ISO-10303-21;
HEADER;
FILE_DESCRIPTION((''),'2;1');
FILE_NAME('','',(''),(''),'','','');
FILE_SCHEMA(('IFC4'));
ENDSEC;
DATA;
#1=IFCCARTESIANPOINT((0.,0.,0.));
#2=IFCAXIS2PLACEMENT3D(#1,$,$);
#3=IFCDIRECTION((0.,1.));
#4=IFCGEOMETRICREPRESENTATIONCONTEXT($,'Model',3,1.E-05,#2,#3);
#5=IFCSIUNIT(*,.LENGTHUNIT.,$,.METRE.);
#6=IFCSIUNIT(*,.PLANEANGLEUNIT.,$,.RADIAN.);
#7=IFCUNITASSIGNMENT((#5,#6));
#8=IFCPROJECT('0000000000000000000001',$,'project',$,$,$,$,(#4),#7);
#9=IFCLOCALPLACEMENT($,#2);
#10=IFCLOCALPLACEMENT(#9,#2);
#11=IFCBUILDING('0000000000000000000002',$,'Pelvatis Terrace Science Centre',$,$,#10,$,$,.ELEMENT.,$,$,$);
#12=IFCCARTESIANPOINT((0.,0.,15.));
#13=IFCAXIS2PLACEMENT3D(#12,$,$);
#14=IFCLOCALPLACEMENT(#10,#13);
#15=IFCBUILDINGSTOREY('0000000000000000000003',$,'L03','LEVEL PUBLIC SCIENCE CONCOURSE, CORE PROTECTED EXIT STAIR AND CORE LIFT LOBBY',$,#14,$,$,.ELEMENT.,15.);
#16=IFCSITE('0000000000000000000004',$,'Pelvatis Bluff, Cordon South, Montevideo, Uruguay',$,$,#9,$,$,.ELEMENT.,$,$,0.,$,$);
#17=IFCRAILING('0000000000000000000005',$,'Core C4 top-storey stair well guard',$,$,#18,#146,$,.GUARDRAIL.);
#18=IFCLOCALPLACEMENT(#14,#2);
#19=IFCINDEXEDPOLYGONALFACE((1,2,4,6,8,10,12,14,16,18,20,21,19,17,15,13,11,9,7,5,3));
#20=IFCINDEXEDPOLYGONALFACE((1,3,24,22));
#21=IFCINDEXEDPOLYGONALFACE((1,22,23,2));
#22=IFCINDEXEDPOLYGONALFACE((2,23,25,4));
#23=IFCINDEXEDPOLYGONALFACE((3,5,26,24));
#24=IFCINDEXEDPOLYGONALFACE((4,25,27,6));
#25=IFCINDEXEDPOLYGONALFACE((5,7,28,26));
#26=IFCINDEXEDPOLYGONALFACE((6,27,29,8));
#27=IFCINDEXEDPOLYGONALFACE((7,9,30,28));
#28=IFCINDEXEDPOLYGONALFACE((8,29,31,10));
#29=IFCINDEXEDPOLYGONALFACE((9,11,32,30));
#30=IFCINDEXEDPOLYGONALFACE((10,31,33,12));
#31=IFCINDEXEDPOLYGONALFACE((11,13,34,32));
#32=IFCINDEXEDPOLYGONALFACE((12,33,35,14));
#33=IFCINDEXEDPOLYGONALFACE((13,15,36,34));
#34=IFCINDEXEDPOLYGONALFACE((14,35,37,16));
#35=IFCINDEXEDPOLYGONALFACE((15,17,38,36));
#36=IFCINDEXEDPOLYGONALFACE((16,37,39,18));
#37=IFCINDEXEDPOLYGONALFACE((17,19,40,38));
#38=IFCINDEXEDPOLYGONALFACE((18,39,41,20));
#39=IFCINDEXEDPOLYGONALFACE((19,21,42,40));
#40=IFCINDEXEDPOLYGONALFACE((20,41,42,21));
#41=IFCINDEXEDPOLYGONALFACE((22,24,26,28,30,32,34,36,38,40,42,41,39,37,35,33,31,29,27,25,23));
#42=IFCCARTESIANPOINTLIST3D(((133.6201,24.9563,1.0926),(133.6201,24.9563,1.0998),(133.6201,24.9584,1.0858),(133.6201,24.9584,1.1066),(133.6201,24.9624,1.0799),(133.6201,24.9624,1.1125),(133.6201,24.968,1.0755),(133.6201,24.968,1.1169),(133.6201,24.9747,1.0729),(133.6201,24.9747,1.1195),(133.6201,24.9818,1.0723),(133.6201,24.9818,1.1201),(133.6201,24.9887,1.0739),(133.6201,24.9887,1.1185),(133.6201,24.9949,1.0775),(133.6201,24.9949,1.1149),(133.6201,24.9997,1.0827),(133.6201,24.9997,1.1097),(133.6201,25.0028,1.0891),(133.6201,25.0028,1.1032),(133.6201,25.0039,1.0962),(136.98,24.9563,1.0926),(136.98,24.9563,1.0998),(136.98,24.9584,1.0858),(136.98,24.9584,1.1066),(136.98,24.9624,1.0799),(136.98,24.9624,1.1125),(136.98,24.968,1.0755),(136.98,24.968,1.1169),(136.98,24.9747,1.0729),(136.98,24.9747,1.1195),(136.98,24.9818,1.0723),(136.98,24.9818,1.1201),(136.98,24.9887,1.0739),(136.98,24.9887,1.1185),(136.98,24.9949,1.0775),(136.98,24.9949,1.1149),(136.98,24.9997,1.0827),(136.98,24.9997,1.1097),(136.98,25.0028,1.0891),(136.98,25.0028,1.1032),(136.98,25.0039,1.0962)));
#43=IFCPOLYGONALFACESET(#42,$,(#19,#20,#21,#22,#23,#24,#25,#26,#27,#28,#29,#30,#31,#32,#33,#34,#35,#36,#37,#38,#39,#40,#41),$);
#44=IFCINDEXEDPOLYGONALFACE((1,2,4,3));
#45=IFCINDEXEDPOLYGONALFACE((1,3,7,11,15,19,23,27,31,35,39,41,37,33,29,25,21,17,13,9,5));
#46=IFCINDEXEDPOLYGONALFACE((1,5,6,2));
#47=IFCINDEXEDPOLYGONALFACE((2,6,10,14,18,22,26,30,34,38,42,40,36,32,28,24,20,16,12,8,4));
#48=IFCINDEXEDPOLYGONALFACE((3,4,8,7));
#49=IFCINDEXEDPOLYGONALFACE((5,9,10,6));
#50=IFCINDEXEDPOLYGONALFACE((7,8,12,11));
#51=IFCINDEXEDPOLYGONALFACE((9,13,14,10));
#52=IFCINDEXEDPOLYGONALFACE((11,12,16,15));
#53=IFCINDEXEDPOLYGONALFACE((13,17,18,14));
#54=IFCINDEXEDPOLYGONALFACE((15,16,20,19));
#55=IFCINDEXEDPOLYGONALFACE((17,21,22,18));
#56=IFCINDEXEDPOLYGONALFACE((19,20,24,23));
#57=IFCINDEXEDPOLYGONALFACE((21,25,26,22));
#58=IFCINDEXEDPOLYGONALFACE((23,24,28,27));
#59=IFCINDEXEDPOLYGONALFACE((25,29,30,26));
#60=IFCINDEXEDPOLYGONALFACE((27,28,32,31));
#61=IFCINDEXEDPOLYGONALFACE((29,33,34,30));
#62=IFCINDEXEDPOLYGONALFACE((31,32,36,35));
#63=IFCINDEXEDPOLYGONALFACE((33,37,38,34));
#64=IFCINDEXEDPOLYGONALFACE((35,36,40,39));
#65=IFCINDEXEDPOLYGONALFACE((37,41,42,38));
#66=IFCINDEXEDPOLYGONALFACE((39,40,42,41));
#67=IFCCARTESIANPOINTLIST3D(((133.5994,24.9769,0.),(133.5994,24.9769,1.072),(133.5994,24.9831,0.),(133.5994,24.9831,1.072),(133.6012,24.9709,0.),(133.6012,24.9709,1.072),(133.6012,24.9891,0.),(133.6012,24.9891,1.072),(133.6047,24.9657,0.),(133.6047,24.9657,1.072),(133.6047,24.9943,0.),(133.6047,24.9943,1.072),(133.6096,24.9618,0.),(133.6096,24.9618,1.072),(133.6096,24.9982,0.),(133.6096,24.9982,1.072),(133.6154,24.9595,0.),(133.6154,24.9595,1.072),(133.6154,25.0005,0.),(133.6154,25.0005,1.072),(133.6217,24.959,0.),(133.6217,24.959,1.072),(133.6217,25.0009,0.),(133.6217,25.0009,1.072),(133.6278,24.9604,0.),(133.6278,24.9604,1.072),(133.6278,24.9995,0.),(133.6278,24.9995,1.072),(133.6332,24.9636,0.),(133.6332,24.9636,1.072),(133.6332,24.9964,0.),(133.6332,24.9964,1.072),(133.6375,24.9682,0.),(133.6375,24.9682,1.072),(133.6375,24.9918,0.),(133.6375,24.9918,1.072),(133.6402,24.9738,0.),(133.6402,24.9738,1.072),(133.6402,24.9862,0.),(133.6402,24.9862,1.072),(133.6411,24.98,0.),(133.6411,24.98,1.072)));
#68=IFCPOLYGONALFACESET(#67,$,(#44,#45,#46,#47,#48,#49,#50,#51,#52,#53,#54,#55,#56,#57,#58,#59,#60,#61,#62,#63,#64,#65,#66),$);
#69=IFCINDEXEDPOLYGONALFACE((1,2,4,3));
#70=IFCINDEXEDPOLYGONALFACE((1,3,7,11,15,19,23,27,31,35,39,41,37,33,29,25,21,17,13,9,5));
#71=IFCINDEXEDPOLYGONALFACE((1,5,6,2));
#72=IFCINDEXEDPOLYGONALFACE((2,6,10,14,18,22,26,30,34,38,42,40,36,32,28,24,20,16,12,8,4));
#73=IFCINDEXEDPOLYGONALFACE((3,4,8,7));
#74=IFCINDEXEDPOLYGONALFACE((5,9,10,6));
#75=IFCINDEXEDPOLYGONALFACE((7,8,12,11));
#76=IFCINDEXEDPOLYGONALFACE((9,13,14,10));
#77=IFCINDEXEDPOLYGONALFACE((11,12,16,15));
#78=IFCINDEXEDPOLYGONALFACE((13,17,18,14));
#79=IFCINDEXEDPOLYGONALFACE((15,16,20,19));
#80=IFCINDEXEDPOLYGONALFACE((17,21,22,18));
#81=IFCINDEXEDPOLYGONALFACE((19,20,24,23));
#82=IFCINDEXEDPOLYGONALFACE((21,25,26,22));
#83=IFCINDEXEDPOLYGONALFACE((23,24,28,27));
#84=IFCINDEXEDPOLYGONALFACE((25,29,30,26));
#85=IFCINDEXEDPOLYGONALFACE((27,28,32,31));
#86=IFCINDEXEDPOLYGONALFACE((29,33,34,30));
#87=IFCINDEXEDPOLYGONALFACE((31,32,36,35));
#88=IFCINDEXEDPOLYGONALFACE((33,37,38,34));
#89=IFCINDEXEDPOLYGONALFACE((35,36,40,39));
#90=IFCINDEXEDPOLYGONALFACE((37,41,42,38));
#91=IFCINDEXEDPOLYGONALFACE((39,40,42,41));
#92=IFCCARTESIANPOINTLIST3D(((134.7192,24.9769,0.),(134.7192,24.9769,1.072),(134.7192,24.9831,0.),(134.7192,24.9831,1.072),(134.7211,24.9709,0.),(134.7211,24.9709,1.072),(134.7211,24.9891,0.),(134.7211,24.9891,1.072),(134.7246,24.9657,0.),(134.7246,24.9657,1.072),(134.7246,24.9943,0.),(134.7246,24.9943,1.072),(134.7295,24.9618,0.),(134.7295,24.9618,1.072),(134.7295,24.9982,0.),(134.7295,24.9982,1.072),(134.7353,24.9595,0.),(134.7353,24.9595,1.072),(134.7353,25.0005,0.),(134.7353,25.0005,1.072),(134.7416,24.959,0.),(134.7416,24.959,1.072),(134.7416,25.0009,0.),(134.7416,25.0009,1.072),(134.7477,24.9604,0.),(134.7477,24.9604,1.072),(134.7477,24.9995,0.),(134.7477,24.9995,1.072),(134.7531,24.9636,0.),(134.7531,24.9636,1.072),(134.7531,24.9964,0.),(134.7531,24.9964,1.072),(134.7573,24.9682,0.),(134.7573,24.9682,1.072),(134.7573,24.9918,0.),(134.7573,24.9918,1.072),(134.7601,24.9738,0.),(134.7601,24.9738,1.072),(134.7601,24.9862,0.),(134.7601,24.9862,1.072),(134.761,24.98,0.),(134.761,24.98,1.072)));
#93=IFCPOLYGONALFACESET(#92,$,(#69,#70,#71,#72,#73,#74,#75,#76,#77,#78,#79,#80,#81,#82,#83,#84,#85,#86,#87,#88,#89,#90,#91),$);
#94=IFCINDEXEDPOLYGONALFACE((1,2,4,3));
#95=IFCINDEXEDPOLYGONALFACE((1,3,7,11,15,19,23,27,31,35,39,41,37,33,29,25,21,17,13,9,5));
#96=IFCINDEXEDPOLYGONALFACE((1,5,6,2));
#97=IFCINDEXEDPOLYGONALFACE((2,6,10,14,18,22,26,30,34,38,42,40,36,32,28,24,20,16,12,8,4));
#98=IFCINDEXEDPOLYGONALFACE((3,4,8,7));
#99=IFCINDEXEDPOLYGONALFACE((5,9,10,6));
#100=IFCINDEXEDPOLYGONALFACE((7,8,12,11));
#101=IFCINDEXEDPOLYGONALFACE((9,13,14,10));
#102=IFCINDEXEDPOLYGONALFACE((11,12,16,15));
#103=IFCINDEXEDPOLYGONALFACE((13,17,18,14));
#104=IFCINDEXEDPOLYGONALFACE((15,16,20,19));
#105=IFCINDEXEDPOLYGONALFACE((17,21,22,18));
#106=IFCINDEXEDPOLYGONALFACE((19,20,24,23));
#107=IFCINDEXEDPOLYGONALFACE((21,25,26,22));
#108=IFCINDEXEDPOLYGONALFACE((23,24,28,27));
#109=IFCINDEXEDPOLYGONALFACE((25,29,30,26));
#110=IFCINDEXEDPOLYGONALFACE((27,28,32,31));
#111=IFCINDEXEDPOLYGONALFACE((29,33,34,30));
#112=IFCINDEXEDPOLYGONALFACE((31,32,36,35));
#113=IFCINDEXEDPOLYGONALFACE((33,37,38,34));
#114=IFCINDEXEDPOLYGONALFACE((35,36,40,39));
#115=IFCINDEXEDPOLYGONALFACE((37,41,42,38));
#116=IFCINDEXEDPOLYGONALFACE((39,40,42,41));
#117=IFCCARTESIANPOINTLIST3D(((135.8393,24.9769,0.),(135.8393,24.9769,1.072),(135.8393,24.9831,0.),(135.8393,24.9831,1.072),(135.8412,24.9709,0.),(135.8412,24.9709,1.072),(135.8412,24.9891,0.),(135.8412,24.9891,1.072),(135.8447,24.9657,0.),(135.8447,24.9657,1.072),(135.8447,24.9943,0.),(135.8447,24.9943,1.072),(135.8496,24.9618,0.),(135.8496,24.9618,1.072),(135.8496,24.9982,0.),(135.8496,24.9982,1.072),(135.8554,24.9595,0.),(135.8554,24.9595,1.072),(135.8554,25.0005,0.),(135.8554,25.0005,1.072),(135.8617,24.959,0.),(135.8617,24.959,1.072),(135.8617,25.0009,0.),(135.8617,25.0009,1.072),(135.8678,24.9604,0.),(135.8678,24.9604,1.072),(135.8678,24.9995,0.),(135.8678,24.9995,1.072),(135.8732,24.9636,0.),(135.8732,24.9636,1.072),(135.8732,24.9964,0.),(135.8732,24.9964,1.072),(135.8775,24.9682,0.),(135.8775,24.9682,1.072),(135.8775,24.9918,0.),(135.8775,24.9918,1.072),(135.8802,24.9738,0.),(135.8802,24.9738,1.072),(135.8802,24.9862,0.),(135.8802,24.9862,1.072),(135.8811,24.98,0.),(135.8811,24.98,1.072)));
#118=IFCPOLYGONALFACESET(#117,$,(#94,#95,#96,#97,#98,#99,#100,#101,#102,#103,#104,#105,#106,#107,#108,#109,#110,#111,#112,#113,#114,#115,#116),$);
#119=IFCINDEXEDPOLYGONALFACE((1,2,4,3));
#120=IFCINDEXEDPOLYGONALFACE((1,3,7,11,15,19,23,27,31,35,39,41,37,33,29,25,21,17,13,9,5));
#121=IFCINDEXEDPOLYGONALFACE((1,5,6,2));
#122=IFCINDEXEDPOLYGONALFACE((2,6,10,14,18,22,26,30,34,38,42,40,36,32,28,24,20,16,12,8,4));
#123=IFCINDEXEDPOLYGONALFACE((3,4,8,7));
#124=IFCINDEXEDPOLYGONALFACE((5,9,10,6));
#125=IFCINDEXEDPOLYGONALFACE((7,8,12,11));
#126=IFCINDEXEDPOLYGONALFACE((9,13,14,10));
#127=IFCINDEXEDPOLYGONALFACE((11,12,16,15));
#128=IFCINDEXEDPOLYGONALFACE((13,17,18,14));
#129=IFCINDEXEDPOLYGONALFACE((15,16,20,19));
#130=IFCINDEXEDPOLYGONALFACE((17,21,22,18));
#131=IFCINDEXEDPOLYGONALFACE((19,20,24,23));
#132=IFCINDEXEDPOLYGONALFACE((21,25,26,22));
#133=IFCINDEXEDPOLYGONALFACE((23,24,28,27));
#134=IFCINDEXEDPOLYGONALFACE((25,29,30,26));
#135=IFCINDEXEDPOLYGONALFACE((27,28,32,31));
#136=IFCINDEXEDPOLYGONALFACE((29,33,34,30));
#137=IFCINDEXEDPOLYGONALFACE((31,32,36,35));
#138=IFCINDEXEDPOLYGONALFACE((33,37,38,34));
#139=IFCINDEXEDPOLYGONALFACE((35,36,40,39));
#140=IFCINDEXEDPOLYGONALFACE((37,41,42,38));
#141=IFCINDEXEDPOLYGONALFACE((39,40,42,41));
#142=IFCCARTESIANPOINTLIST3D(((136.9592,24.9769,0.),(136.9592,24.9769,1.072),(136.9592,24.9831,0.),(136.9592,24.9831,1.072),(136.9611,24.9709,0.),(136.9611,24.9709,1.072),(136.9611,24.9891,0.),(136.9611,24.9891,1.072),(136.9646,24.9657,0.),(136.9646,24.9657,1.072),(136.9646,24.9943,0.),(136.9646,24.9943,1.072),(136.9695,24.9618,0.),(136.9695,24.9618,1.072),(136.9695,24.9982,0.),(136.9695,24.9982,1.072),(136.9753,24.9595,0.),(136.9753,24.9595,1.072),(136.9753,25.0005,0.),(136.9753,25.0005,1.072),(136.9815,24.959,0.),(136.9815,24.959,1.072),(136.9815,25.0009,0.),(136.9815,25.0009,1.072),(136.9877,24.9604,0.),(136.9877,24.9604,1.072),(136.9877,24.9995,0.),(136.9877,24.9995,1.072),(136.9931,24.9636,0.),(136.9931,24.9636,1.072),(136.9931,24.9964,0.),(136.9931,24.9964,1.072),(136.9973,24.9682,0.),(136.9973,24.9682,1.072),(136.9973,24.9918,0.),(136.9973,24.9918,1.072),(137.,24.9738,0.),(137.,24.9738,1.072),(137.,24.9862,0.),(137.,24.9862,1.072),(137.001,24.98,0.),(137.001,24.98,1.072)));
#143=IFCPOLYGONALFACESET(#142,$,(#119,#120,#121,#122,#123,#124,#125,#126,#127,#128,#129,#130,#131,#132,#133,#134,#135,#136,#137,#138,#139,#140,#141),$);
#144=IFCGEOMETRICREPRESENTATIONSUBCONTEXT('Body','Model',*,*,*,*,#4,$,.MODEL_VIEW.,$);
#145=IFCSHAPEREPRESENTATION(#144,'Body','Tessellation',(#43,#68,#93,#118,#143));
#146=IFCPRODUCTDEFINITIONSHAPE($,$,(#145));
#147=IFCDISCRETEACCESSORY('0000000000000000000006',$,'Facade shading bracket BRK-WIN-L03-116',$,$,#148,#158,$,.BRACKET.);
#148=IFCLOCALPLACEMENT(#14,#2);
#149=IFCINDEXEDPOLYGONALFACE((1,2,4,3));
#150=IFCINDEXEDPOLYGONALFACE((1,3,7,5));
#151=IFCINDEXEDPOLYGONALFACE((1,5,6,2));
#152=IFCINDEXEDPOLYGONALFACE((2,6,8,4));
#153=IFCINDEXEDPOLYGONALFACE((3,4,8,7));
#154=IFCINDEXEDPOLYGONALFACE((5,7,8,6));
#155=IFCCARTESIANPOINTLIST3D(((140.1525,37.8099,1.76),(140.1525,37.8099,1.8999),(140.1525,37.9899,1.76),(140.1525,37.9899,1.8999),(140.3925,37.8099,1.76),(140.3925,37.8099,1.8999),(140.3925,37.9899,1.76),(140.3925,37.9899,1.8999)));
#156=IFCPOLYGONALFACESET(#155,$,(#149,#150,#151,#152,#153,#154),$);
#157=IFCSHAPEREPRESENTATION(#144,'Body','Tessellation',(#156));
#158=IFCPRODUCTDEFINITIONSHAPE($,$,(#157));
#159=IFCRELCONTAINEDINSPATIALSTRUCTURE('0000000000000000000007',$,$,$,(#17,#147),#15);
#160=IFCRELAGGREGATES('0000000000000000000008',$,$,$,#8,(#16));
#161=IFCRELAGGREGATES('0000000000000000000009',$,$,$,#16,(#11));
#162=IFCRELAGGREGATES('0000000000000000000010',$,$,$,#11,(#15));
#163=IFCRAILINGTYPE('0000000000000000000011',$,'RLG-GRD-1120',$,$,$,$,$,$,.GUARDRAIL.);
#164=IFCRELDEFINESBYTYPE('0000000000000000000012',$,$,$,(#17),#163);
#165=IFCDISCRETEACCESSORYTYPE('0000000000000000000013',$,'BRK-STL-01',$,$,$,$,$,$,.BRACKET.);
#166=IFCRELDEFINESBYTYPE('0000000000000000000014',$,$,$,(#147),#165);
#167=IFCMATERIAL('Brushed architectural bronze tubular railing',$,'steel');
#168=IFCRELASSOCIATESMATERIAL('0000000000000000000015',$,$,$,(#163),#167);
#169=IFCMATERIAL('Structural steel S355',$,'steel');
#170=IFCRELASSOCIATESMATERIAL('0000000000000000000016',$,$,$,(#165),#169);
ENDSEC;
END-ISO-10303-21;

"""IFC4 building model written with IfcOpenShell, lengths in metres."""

from ifc_helpers import new_model, si_unit, direction, frame, origin, origin_2d, place, context, subcontext, project, spatial, rectangle, circle, extrude, material, type_object, element, save


model = new_model("IFC4")

# Units and contexts
model_context = context("Model", 3, precision=1e-05, world=origin(), true_north=direction((0.0, 1.0)))
body_context = subcontext(model_context, "Body", "Model", "MODEL_VIEW")
ifc_project = project(units=[si_unit("LENGTHUNIT", "METRE"), si_unit("PLANEANGLEUNIT", "RADIAN")], contexts=[model_context])

# Site, building, storey
site_placement = place(None, origin())
site = spatial("IfcSite", under=ifc_project, at=site_placement, Name="Pelvatis Bluff, Cordon South, Montevideo, Uruguay", CompositionType="ELEMENT", RefElevation=0.0)
building_placement = place(site_placement, origin())
building = spatial("IfcBuilding", under=site, at=building_placement, Name="Pelvatis Terrace Science Centre", CompositionType="ELEMENT")
storey_placement = place(building_placement, frame((0.0, 0.0, 15.0)))
storey = spatial("IfcBuildingStorey", under=building, at=storey_placement, Name="L03", Description="LEVEL PUBLIC SCIENCE CONCOURSE, CORE PROTECTED EXIT STAIR AND CORE LIFT LOBBY", CompositionType="ELEMENT", Elevation=15.0)

# Railing
ifc_material_1 = material(Name="Brushed architectural bronze tubular railing", Category="steel")
railing_type_1 = type_object("IfcRailingType", Name="RLG-GRD-1120", PredefinedType="GUARDRAIL", material=ifc_material_1)
railing_1_placement = place(storey_placement, frame((133.6201, 24.98, 0.0)))
element("IfcRailing", 1, at=railing_1_placement, inside=storey, type_object=railing_type_1, Name="Core C4 top-storey stair well guard", PredefinedType="GUARDRAIL", context=body_context, shape_type="SweptSolid", body=[
    extrude(circle(Radius=0.0239, at=origin_2d()), frame((0.0, 0.0, 1.0962), z_axis=(1.0, 0.0, 0.0), x_axis=(0.0, 1.0, 0.0)), (0.0, 0.0, 1.0), 3.3599),
    extrude(circle(Radius=0.021, at=origin_2d()), origin(), (0.0, 0.0, 1.0), 1.072),
    extrude(circle(Radius=0.021, at=origin_2d()), frame((1.1199, 0.0, 0.0)), (0.0, 0.0, 1.0), 1.072),
    extrude(circle(Radius=0.021, at=origin_2d()), frame((2.24, 0.0, 0.0)), (0.0, 0.0, 1.0), 1.072),
    extrude(circle(Radius=0.021, at=origin_2d()), frame((3.3599, 0.0, 0.0)), (0.0, 0.0, 1.0), 1.072),
])

# Discrete accessory
ifc_material_2 = material(Name="Structural steel S355", Category="steel")
discrete_accessory_type = type_object("IfcDiscreteAccessoryType", Name="BRK-STL-01", PredefinedType="BRACKET", material=ifc_material_2)
discrete_accessory_placement = place(storey_placement, frame((140.2725, 37.8999, 1.76)))
element("IfcDiscreteAccessory", 2, at=discrete_accessory_placement, inside=storey, type_object=discrete_accessory_type, Name="Facade shading bracket BRK-WIN-L03-116", PredefinedType="BRACKET", context=body_context, shape_type="SweptSolid", body=[
    extrude(rectangle(XDim=0.24, YDim=0.18, at=origin_2d()), origin(), (0.0, 0.0, 1.0), 0.1399),
])

save(model, "model.ifc")
